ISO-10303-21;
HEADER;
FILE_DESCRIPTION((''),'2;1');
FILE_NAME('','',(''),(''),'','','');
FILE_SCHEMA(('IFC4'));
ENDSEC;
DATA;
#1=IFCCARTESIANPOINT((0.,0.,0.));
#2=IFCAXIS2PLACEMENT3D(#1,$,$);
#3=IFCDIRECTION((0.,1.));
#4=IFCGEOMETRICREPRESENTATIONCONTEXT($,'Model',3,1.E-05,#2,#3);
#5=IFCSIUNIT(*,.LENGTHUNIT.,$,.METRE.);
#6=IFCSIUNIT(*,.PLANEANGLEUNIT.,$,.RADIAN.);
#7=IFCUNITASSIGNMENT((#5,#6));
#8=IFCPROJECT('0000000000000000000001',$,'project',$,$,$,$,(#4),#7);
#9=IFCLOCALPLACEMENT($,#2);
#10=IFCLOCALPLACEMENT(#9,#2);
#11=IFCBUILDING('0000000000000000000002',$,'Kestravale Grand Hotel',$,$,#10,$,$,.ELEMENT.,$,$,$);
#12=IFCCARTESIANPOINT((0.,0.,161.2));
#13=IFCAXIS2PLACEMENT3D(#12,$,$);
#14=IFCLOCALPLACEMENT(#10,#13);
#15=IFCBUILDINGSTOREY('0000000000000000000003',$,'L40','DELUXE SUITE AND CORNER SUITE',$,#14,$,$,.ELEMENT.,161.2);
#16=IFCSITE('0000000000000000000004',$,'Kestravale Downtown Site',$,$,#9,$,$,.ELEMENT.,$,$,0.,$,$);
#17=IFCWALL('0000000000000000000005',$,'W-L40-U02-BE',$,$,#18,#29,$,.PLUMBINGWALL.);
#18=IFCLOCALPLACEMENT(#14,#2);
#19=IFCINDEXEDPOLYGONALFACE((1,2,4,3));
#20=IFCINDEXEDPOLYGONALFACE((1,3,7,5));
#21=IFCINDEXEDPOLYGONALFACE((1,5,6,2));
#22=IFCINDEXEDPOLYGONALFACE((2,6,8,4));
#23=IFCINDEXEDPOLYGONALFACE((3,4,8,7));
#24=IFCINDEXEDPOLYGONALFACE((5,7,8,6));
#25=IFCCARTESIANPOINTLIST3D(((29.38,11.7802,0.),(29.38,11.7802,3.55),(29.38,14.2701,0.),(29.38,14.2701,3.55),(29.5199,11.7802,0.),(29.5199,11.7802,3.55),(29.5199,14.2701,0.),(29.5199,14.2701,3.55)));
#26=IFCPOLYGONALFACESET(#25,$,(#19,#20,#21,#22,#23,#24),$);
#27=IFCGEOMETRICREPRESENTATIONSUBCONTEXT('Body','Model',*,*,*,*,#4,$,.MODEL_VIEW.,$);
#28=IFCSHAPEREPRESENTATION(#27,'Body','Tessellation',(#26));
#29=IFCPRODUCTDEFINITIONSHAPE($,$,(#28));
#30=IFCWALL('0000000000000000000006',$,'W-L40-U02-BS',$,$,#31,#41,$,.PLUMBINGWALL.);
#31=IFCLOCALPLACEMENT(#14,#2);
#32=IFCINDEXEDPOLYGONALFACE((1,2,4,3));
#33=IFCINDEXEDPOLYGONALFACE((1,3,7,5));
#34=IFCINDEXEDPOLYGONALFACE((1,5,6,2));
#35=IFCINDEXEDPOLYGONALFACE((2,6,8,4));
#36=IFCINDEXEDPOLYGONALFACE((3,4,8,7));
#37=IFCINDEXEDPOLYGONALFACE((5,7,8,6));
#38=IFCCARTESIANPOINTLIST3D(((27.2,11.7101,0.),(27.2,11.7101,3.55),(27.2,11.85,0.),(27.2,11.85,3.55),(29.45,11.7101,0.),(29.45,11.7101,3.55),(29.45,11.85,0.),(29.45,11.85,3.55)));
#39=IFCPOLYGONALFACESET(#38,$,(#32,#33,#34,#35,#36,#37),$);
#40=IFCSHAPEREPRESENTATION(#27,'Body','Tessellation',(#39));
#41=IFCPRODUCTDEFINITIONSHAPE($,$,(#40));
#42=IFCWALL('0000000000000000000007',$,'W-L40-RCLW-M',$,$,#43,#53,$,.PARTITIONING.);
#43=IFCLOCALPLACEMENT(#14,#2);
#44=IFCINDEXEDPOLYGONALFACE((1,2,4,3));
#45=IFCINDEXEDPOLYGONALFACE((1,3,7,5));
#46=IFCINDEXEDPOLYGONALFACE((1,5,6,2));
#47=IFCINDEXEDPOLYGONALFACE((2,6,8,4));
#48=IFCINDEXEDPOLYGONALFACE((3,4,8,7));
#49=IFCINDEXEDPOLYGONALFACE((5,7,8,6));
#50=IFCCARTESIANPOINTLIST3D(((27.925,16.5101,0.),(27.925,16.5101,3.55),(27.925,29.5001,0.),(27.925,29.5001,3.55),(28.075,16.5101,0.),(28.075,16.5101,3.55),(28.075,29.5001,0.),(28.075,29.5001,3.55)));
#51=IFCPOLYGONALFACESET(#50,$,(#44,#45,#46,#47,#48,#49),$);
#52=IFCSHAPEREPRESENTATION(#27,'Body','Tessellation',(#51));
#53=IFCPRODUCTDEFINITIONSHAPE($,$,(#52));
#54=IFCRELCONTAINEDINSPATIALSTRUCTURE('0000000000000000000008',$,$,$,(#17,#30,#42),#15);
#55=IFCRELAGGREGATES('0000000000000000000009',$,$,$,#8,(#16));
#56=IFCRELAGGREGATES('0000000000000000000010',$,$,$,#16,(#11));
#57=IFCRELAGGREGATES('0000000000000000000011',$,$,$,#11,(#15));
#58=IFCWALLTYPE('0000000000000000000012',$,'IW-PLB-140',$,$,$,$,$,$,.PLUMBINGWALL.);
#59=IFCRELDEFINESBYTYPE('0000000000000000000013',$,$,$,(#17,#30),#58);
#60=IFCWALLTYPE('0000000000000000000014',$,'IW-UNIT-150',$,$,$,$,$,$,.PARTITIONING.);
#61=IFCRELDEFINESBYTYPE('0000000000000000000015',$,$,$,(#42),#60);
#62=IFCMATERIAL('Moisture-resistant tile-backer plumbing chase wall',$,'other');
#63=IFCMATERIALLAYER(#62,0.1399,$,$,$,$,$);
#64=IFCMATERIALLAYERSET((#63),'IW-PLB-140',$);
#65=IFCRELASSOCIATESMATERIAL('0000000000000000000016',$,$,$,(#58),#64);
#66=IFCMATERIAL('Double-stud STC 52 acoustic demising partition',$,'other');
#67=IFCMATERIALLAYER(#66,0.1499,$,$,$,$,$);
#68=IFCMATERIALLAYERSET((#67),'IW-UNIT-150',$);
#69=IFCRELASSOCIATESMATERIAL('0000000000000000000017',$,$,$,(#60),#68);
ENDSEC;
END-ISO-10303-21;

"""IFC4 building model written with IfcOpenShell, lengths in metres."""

from ifc_helpers import new_model, si_unit, direction, frame, frame_2d, origin, place, context, subcontext, project, spatial, rectangle, extrude, material, layer, layer_set, type_object, element, save


model = new_model("IFC4")

# Units and contexts
model_context = context("Model", 3, precision=1e-05, world=origin(), true_north=direction((0.0, 1.0)))
body_context = subcontext(model_context, "Body", "Model", "MODEL_VIEW")
ifc_project = project(units=[si_unit("LENGTHUNIT", "METRE"), si_unit("PLANEANGLEUNIT", "RADIAN")], contexts=[model_context])

# Site, building, storey
site_placement = place(None, origin())
site = spatial("IfcSite", under=ifc_project, at=site_placement, Name="Kestravale Downtown Site", CompositionType="ELEMENT", RefElevation=0.0)
building_placement = place(site_placement, origin())
building = spatial("IfcBuilding", under=site, at=building_placement, Name="Kestravale Grand Hotel", CompositionType="ELEMENT")
storey_placement = place(building_placement, frame((0.0, 0.0, 161.2)))
storey = spatial("IfcBuildingStorey", under=building, at=storey_placement, Name="L40", Description="DELUXE SUITE AND CORNER SUITE", CompositionType="ELEMENT", Elevation=161.2)

# Shared definitions
ifc_material_1 = material(Name="Moisture-resistant tile-backer plumbing chase wall", Category="other")
ifc_layer_1 = layer(ifc_material_1, 0.1399)
ifc_layer_set_1 = layer_set([ifc_layer_1], Name="IW-PLB-140")
wall_type_1 = type_object("IfcWallType", Name="IW-PLB-140", PredefinedType="PLUMBINGWALL", material=ifc_layer_set_1)

# Walls
wall_1_placement = place(storey_placement, frame((29.45, 11.78, 0.0), z_axis=(0.0, 0.0, 1.0), x_axis=(0.0, 1.0, 0.0)))
element("IfcWall", 1, at=wall_1_placement, inside=storey, type_object=wall_type_1, Name="W-L40-U02-BE", PredefinedType="PLUMBINGWALL", context=body_context, shape_type="SweptSolid", body=[
    extrude(rectangle(XDim=2.49, YDim=0.1399, at=frame_2d((1.2451, 0.0))), origin(), (0.0, 0.0, 1.0), 3.55),
])
wall_2_placement = place(storey_placement, frame((27.2, 11.78, 0.0), z_axis=(0.0, 0.0, 1.0), x_axis=(1.0, 0.0, 0.0)))
element("IfcWall", 2, at=wall_2_placement, inside=storey, type_object=wall_type_1, Name="W-L40-U02-BS", PredefinedType="PLUMBINGWALL", context=body_context, shape_type="SweptSolid", body=[
    extrude(rectangle(XDim=2.25, YDim=0.1399, at=frame_2d((1.125, 0.0))), origin(), (0.0, 0.0, 1.0), 3.55),
])
ifc_material_2 = material(Name="Double-stud STC 52 acoustic demising partition", Category="other")
ifc_layer_2 = layer(ifc_material_2, 0.1499)
ifc_layer_set_2 = layer_set([ifc_layer_2], Name="IW-UNIT-150")
wall_type_2 = type_object("IfcWallType", Name="IW-UNIT-150", PredefinedType="PARTITIONING", material=ifc_layer_set_2)
wall_3_placement = place(storey_placement, frame((28.0, 16.51, 0.0), z_axis=(0.0, 0.0, 1.0), x_axis=(0.0, 1.0, 0.0)))
element("IfcWall", 3, at=wall_3_placement, inside=storey, type_object=wall_type_2, Name="W-L40-RCLW-M", PredefinedType="PARTITIONING", context=body_context, shape_type="SweptSolid", body=[
    extrude(rectangle(XDim=12.99, YDim=0.1499, at=frame_2d((6.4951, 0.0))), origin(), (0.0, 0.0, 1.0), 3.55),
])

save(model, "model.ifc")
